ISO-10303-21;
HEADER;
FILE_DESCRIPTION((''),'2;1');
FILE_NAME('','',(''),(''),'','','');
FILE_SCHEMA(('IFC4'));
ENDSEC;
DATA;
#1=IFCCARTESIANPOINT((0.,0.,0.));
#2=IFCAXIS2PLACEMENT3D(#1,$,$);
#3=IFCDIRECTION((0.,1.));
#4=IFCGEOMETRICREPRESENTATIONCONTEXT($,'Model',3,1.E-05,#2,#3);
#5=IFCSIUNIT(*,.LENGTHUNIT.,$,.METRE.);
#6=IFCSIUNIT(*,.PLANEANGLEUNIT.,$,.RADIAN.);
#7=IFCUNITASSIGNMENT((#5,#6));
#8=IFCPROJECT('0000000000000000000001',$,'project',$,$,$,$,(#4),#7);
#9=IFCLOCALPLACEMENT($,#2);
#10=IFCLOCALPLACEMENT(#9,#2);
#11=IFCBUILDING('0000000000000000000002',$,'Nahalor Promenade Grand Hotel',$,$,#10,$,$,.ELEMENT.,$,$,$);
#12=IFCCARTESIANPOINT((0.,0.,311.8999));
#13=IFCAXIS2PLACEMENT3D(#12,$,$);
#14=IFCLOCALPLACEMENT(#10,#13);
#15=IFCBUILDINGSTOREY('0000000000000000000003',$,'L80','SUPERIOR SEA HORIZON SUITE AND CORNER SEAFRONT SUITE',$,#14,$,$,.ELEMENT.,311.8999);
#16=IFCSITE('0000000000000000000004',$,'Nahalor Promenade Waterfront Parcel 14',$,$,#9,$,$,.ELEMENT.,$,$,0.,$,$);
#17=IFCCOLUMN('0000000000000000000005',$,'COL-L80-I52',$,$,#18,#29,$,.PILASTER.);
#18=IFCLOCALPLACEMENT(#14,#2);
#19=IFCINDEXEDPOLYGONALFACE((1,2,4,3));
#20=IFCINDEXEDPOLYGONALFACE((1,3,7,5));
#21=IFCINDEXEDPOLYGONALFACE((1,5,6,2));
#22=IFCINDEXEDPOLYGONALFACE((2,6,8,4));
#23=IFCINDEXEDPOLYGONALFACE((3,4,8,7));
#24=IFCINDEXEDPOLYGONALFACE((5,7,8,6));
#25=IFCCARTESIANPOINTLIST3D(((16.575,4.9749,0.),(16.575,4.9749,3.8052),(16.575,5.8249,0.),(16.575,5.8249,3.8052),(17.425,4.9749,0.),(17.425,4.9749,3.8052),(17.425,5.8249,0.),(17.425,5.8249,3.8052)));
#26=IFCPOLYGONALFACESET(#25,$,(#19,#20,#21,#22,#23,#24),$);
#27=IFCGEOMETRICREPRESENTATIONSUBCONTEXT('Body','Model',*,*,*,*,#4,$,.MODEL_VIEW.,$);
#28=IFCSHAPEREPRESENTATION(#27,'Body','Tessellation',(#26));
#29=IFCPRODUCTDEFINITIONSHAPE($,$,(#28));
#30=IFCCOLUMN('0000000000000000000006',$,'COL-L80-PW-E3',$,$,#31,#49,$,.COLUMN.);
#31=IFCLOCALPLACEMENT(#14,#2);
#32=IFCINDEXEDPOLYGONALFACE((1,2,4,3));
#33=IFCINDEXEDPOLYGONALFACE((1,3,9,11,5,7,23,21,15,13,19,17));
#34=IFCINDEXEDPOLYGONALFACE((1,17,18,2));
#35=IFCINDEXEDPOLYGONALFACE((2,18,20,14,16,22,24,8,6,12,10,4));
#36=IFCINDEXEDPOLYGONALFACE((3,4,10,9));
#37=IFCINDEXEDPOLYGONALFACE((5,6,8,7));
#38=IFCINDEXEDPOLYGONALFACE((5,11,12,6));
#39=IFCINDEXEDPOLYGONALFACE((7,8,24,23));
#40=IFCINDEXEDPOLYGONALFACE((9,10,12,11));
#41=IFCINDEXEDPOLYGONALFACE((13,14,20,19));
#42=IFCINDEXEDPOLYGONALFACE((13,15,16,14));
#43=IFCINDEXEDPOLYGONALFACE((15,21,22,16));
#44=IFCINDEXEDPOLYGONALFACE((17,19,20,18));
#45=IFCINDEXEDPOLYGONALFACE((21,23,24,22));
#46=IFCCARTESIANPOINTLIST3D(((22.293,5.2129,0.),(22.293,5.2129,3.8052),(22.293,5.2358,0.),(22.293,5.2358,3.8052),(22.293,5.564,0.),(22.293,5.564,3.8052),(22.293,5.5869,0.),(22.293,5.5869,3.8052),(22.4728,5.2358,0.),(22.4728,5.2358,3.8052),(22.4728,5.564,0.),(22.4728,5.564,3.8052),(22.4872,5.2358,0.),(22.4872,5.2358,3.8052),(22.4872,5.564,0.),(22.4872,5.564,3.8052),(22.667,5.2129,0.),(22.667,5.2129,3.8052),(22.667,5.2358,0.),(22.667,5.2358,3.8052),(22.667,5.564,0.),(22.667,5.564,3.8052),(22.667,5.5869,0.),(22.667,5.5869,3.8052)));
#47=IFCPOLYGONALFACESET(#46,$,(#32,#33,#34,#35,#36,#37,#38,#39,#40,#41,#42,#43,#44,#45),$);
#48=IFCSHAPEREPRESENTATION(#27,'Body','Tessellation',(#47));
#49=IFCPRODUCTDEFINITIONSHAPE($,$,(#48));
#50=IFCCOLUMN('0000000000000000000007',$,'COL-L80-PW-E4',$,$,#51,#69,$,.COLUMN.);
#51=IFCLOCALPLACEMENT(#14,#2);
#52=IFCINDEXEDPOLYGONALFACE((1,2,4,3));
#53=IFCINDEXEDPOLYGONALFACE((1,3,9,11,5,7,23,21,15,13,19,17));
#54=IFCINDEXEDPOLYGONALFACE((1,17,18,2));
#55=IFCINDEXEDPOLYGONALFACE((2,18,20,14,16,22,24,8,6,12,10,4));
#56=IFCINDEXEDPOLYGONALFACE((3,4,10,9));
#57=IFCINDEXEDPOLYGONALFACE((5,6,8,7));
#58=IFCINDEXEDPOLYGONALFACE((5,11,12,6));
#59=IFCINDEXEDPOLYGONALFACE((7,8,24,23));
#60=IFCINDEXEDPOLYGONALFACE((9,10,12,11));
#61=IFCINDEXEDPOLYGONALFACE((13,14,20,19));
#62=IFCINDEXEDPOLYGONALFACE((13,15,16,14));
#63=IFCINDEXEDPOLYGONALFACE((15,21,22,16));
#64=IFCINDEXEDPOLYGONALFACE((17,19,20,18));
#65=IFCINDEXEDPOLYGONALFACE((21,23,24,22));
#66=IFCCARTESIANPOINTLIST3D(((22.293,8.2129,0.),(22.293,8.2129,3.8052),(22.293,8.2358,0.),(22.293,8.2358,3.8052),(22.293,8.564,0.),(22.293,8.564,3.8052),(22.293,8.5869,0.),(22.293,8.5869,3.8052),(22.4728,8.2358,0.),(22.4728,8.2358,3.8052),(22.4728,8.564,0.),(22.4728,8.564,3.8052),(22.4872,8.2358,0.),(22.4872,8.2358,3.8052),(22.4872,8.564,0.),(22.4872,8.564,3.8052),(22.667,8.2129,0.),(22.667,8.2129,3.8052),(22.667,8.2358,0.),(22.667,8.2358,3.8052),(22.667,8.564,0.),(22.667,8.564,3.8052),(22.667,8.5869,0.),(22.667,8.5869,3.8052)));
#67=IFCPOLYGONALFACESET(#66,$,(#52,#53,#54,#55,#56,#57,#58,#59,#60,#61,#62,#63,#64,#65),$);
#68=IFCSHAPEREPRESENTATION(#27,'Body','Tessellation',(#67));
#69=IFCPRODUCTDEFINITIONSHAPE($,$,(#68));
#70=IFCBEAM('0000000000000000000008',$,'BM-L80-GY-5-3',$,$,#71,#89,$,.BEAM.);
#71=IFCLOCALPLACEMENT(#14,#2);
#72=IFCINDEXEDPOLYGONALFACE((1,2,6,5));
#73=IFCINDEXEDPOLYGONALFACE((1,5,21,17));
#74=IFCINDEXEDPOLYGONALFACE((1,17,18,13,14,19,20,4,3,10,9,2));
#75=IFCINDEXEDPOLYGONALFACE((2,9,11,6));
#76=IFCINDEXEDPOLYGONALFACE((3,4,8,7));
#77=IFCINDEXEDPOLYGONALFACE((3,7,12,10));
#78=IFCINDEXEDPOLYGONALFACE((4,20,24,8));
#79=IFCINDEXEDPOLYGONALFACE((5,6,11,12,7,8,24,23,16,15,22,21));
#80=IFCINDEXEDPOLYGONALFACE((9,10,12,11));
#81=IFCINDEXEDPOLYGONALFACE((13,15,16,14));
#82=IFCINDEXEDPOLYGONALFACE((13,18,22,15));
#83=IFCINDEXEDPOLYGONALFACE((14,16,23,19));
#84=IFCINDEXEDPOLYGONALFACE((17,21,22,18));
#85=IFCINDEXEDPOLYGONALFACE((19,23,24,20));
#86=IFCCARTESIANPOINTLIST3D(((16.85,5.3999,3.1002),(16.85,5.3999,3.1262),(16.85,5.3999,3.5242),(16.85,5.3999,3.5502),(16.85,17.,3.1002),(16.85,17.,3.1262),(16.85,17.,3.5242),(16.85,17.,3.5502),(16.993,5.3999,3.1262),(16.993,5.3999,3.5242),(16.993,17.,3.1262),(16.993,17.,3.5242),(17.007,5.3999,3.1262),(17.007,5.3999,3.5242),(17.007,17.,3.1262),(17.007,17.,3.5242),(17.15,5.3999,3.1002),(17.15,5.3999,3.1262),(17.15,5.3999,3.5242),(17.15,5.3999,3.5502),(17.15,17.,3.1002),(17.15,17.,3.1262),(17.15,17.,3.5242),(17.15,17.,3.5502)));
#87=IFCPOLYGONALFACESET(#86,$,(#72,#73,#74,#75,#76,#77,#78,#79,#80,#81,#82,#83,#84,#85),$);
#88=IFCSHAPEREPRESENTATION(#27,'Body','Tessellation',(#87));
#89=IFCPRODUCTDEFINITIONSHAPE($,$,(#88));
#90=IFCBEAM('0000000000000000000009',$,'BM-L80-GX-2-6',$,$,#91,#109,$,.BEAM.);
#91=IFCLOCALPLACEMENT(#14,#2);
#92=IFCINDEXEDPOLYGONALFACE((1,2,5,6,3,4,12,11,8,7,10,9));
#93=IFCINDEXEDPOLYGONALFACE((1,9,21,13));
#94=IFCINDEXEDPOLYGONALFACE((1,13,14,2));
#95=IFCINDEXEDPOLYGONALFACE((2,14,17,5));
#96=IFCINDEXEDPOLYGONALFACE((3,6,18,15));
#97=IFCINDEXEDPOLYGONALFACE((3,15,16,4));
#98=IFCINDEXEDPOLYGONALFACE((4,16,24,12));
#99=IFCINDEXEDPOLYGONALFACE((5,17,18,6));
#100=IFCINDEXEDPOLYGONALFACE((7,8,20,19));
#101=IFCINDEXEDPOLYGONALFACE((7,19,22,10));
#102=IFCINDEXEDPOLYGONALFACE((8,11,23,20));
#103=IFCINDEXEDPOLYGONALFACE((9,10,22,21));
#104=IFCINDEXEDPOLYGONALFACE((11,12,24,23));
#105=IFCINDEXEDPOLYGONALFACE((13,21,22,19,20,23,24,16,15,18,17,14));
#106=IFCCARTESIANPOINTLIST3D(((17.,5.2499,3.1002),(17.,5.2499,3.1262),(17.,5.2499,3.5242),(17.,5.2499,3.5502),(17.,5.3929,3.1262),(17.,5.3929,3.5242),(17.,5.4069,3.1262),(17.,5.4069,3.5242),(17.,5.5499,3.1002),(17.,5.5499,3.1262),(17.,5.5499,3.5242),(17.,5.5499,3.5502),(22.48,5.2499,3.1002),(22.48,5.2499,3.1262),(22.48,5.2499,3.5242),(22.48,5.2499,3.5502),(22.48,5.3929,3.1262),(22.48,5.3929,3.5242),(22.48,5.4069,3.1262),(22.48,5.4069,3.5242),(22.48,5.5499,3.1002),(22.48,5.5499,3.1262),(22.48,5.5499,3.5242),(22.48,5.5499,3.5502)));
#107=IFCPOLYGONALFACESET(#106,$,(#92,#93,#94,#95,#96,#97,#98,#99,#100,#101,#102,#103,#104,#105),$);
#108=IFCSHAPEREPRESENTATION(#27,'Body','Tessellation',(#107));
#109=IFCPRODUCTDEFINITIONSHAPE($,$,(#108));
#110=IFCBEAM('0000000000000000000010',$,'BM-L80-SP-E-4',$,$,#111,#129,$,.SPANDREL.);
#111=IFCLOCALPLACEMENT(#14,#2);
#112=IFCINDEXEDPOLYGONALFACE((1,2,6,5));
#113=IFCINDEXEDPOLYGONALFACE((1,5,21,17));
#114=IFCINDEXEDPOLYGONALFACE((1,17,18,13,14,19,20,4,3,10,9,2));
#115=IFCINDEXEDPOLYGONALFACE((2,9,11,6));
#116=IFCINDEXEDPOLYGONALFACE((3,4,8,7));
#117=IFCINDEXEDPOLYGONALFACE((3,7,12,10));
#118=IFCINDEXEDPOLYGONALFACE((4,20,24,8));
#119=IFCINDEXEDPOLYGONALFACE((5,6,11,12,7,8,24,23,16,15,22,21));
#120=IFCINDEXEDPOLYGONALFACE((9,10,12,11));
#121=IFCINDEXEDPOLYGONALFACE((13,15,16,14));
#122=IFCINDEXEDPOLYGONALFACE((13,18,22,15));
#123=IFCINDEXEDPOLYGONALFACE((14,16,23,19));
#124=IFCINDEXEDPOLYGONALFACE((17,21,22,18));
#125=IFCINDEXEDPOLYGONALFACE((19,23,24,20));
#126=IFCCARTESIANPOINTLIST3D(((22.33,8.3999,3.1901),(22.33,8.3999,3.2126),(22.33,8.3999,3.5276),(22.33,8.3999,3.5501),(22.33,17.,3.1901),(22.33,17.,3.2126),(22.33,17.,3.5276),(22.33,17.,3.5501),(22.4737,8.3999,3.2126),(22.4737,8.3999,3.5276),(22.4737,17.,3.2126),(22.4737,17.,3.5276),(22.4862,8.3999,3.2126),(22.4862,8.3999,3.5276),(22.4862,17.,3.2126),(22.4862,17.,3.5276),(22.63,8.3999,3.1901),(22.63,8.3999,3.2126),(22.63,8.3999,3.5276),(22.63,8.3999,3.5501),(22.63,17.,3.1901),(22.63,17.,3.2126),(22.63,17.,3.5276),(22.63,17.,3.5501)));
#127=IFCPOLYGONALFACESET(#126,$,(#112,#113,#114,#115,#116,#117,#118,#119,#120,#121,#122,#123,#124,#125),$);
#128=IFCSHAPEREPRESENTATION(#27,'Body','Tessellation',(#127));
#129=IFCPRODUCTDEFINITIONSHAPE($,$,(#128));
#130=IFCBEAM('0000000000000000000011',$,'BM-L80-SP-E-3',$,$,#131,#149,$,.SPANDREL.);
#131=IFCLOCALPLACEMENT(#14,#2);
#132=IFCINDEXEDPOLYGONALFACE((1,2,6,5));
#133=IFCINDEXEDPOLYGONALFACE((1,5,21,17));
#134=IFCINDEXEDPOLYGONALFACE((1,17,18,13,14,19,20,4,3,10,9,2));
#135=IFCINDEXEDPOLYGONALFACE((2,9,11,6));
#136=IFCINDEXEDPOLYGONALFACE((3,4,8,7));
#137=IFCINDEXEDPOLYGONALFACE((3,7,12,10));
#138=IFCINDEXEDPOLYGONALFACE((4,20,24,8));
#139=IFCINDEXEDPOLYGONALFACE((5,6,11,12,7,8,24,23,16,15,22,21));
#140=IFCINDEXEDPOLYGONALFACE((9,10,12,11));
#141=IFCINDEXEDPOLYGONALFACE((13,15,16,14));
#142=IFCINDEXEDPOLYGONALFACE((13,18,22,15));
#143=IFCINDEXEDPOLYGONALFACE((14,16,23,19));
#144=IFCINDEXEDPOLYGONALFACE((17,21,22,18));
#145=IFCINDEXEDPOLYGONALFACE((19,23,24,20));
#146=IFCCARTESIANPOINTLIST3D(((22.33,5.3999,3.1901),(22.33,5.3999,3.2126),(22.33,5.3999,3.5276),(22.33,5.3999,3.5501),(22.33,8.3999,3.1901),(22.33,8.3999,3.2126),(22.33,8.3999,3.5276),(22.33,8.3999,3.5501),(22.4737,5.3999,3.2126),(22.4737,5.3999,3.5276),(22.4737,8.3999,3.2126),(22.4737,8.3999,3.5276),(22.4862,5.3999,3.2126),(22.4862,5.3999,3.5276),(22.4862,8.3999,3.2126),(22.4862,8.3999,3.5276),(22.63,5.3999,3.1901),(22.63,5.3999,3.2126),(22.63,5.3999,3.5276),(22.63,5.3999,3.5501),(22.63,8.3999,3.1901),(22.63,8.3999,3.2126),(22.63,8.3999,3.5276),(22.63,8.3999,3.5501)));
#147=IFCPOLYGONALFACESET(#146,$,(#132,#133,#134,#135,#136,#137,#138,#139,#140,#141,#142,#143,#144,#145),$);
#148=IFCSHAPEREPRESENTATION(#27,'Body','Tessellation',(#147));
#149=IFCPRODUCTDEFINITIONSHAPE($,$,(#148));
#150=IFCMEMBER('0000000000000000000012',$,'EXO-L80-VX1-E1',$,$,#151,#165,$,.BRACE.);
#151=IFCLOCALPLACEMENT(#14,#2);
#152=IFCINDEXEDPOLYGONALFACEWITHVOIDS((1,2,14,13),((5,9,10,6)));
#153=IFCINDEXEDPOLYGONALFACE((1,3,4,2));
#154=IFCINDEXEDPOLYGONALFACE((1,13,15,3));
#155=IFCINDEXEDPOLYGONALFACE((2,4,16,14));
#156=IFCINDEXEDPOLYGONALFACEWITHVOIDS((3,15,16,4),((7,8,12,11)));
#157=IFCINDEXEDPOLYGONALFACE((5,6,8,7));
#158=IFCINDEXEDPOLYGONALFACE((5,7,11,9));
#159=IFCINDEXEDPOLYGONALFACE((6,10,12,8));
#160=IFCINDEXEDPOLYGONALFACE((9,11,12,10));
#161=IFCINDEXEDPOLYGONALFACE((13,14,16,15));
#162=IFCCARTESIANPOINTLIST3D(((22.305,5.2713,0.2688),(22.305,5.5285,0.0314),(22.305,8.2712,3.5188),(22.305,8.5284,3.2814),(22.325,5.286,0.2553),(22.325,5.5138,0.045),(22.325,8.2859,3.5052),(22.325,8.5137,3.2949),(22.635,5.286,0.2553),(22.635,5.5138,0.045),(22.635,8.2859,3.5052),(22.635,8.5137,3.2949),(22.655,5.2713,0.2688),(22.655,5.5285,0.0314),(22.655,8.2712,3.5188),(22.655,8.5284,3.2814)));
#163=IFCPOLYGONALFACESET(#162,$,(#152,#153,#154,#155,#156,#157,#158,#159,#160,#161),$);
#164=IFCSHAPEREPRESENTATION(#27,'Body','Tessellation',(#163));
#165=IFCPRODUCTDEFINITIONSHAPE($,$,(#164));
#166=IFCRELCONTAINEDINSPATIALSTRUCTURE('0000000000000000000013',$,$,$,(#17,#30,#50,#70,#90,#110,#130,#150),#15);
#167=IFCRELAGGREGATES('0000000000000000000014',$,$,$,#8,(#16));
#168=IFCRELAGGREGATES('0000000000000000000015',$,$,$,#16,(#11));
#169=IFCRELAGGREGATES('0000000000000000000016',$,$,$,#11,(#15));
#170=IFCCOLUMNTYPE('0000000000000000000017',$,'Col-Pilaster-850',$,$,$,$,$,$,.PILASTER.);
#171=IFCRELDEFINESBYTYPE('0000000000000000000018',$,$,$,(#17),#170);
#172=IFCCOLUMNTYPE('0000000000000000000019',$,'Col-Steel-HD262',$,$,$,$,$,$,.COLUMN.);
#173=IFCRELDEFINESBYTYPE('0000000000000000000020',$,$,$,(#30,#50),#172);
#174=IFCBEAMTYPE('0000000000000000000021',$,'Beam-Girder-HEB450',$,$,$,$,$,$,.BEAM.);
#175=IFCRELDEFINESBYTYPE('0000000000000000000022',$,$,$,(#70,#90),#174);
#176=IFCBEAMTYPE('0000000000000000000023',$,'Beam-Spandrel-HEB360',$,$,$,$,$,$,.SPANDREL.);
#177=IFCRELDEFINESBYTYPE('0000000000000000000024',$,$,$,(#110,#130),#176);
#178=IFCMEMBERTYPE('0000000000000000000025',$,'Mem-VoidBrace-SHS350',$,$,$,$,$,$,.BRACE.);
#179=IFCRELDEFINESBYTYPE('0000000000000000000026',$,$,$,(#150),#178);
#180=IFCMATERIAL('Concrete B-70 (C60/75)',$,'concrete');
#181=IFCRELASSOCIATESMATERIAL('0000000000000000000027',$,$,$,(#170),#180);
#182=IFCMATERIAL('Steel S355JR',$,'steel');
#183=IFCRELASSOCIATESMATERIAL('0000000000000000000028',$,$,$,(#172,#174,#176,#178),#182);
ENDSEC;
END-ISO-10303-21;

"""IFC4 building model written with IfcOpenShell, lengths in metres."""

from ifc_helpers import new_model, si_unit, direction, frame, origin, origin_2d, place, context, subcontext, project, spatial, rectangle, hollow_rectangle, i_section, extrude, source, transform, mapped, material, material_profile, profile_set, type_object, element, save


model = new_model("IFC4")

# Units and contexts
model_context = context("Model", 3, precision=1e-05, world=origin(), true_north=direction((0.0, 1.0)))
body_context = subcontext(model_context, "Body", "Model", "MODEL_VIEW")
ifc_project = project(units=[si_unit("LENGTHUNIT", "METRE"), si_unit("PLANEANGLEUNIT", "RADIAN")], contexts=[model_context])

# Site, building, storey
site_placement = place(None, origin())
site = spatial("IfcSite", under=ifc_project, at=site_placement, Name="Nahalor Promenade Waterfront Parcel 14", CompositionType="ELEMENT", RefElevation=0.0)
building_placement = place(site_placement, origin())
building = spatial("IfcBuilding", under=site, at=building_placement, Name="Nahalor Promenade Grand Hotel", CompositionType="ELEMENT")
storey_placement = place(building_placement, frame((0.0, 0.0, 311.8999)))
storey = spatial("IfcBuildingStorey", under=building, at=storey_placement, Name="L80", Description="SUPERIOR SEA HORIZON SUITE AND CORNER SEAFRONT SUITE", CompositionType="ELEMENT", Elevation=311.8999)

# Columns
ifc_material_1 = material(Name="Concrete B-70 (C60/75)", Category="concrete")
ifc_material_profile_1 = material_profile(ifc_material_1, rectangle(XDim=0.85, YDim=0.85, at=origin_2d()), Name="RC 850x850")
ifc_profile_set_1 = profile_set([ifc_material_profile_1], Name="Concrete B-70 (C60/75)")
column_type_1 = type_object("IfcColumnType", Name="Col-Pilaster-850", PredefinedType="PILASTER", material=ifc_profile_set_1)
shared_shape_1 = source(origin(), body_context, "Body", "SweptSolid", [
    extrude(rectangle(XDim=0.85, YDim=0.85, at=origin_2d()), origin(), (0.0, 0.0, 1.0), 3.8052),
])
column_placement = place(storey_placement, frame((17.0, 5.3999, 0.0), z_axis=(0.0, 0.0, 1.0), x_axis=(1.0, 0.0, 0.0)))
element("IfcColumn", 1, at=column_placement, inside=storey, type_object=column_type_1, Name="COL-L80-I52", PredefinedType="PILASTER", context=body_context, shape_type="MappedRepresentation", body=[
    mapped(shared_shape_1, transform((0.0, 0.0, 0.0), scale=1.0)),
])
ifc_material_2 = material(Name="Steel S355JR", Category="steel")
ifc_material_profile_2 = material_profile(ifc_material_2, i_section(OverallWidth=0.374, OverallDepth=0.374, WebThickness=0.0144, FlangeThickness=0.0229, at=origin_2d()), Name="HD 360x262")
ifc_profile_set_2 = profile_set([ifc_material_profile_2], Name="Steel S355JR")
column_type_2 = type_object("IfcColumnType", Name="Col-Steel-HD262", PredefinedType="COLUMN", material=ifc_profile_set_2)
shared_shape_2 = source(origin(), body_context, "Body", "SweptSolid", [
    extrude(i_section(OverallWidth=0.374, OverallDepth=0.374, WebThickness=0.0144, FlangeThickness=0.0229, at=origin_2d()), origin(), (0.0, 0.0, 1.0), 3.8052),
])
for number, where, z_axis, x_axis, name in (
    (2, (22.48, 5.3999, 0.0), (0.0, 0.0, 1.0), (1.0, 0.0, 0.0), "COL-L80-PW-E3"),
    (3, (22.48, 8.3999, 0.0), (0.0, 0.0, 1.0), (1.0, 0.0, 0.0), "COL-L80-PW-E4"),
):
    element("IfcColumn", number, at=place(storey_placement, frame(where, z_axis=z_axis, x_axis=x_axis)), inside=storey, type_object=column_type_2, Name=name, PredefinedType="COLUMN", context=body_context, shape_type="MappedRepresentation", body=[
        mapped(shared_shape_2, transform((0.0, 0.0, 0.0), scale=1.0)),
    ])

# Beams
ifc_material_profile_3 = material_profile(ifc_material_2, i_section(OverallWidth=0.3, OverallDepth=0.45, WebThickness=0.014, FlangeThickness=0.026, at=origin_2d()), Name="HEB 450")
ifc_profile_set_3 = profile_set([ifc_material_profile_3], Name="Steel S355JR")
beam_type_1 = type_object("IfcBeamType", Name="Beam-Girder-HEB450", PredefinedType="BEAM", material=ifc_profile_set_3)
shared_shape_3 = source(origin(), body_context, "Body", "SweptSolid", [
    extrude(i_section(OverallWidth=0.3, OverallDepth=0.45, WebThickness=0.014, FlangeThickness=0.026, at=origin_2d()), origin(), (0.0, 0.0, 1.0), 11.6001),
])
beam_1_placement = place(storey_placement, frame((17.0, 5.3999, 3.3252), z_axis=(0.0, 1.0, 0.0), x_axis=(-1.0, 0.0, 0.0)))
element("IfcBeam", 4, at=beam_1_placement, inside=storey, type_object=beam_type_1, Name="BM-L80-GY-5-3", PredefinedType="BEAM", context=body_context, shape_type="MappedRepresentation", body=[
    mapped(shared_shape_3, transform((0.0, 0.0, 0.0), scale=1.0)),
])
shared_shape_4 = source(origin(), body_context, "Body", "SweptSolid", [
    extrude(i_section(OverallWidth=0.3, OverallDepth=0.45, WebThickness=0.014, FlangeThickness=0.026, at=origin_2d()), origin(), (0.0, 0.0, 1.0), 5.48),
])
beam_2_placement = place(storey_placement, frame((17.0, 5.3999, 3.3252), z_axis=(1.0, 0.0, 0.0), x_axis=(0.0, 1.0, 0.0)))
element("IfcBeam", 5, at=beam_2_placement, inside=storey, type_object=beam_type_1, Name="BM-L80-GX-2-6", PredefinedType="BEAM", context=body_context, shape_type="MappedRepresentation", body=[
    mapped(shared_shape_4, transform((0.0, 0.0, 0.0), scale=1.0)),
])
ifc_material_profile_4 = material_profile(ifc_material_2, i_section(OverallWidth=0.3, OverallDepth=0.36, WebThickness=0.0125, FlangeThickness=0.0225, at=origin_2d()), Name="HEB 360")
ifc_profile_set_4 = profile_set([ifc_material_profile_4], Name="Steel S355JR")
beam_type_2 = type_object("IfcBeamType", Name="Beam-Spandrel-HEB360", PredefinedType="SPANDREL", material=ifc_profile_set_4)
shared_shape_5 = source(origin(), body_context, "Body", "SweptSolid", [
    extrude(i_section(OverallWidth=0.3, OverallDepth=0.36, WebThickness=0.0125, FlangeThickness=0.0225, at=origin_2d()), origin(), (0.0, 0.0, 1.0), 8.6001),
])
beam_3_placement = place(storey_placement, frame((22.48, 8.3999, 3.3701), z_axis=(0.0, 1.0, 0.0), x_axis=(-1.0, 0.0, 0.0)))
element("IfcBeam", 6, at=beam_3_placement, inside=storey, type_object=beam_type_2, Name="BM-L80-SP-E-4", PredefinedType="SPANDREL", context=body_context, shape_type="MappedRepresentation", body=[
    mapped(shared_shape_5, transform((0.0, 0.0, 0.0), scale=1.0)),
])
shared_shape_6 = source(origin(), body_context, "Body", "SweptSolid", [
    extrude(i_section(OverallWidth=0.3, OverallDepth=0.36, WebThickness=0.0125, FlangeThickness=0.0225, at=origin_2d()), origin(), (0.0, 0.0, 1.0), 3.0),
])
beam_4_placement = place(storey_placement, frame((22.48, 5.3999, 3.3701), z_axis=(0.0, 1.0, 0.0), x_axis=(-1.0, 0.0, 0.0)))
element("IfcBeam", 7, at=beam_4_placement, inside=storey, type_object=beam_type_2, Name="BM-L80-SP-E-3", PredefinedType="SPANDREL", context=body_context, shape_type="MappedRepresentation", body=[
    mapped(shared_shape_6, transform((0.0, 0.0, 0.0), scale=1.0)),
])

# Member
ifc_material_profile_5 = material_profile(ifc_material_2, hollow_rectangle(XDim=0.35, YDim=0.35, WallThickness=0.02, at=origin_2d()), Name="SHS 350x350x20")
ifc_profile_set_5 = profile_set([ifc_material_profile_5], Name="Steel S355JR")
member_type_1 = type_object("IfcMemberType", Name="Mem-VoidBrace-SHS350", PredefinedType="BRACE", material=ifc_profile_set_5)
shared_shape_7 = source(origin(), body_context, "Body", "SweptSolid", [
    extrude(hollow_rectangle(XDim=0.35, YDim=0.35, WallThickness=0.02, at=origin_2d()), origin(), (0.0, 0.0, 1.0), 4.4229),
])
member_1_placement = place(storey_placement, frame((22.48, 5.3999, 0.1501), z_axis=(0.0, 0.67828, 0.734803), x_axis=(-1.0, 0.0, 0.0)))
element("IfcMember", 8, at=member_1_placement, inside=storey, type_object=member_type_1, Name="EXO-L80-VX1-E1", PredefinedType="BRACE", context=body_context, shape_type="MappedRepresentation", body=[
    mapped(shared_shape_7, transform((0.0, 0.0, 0.0), scale=1.0)),
])

save(model, "model.ifc")
